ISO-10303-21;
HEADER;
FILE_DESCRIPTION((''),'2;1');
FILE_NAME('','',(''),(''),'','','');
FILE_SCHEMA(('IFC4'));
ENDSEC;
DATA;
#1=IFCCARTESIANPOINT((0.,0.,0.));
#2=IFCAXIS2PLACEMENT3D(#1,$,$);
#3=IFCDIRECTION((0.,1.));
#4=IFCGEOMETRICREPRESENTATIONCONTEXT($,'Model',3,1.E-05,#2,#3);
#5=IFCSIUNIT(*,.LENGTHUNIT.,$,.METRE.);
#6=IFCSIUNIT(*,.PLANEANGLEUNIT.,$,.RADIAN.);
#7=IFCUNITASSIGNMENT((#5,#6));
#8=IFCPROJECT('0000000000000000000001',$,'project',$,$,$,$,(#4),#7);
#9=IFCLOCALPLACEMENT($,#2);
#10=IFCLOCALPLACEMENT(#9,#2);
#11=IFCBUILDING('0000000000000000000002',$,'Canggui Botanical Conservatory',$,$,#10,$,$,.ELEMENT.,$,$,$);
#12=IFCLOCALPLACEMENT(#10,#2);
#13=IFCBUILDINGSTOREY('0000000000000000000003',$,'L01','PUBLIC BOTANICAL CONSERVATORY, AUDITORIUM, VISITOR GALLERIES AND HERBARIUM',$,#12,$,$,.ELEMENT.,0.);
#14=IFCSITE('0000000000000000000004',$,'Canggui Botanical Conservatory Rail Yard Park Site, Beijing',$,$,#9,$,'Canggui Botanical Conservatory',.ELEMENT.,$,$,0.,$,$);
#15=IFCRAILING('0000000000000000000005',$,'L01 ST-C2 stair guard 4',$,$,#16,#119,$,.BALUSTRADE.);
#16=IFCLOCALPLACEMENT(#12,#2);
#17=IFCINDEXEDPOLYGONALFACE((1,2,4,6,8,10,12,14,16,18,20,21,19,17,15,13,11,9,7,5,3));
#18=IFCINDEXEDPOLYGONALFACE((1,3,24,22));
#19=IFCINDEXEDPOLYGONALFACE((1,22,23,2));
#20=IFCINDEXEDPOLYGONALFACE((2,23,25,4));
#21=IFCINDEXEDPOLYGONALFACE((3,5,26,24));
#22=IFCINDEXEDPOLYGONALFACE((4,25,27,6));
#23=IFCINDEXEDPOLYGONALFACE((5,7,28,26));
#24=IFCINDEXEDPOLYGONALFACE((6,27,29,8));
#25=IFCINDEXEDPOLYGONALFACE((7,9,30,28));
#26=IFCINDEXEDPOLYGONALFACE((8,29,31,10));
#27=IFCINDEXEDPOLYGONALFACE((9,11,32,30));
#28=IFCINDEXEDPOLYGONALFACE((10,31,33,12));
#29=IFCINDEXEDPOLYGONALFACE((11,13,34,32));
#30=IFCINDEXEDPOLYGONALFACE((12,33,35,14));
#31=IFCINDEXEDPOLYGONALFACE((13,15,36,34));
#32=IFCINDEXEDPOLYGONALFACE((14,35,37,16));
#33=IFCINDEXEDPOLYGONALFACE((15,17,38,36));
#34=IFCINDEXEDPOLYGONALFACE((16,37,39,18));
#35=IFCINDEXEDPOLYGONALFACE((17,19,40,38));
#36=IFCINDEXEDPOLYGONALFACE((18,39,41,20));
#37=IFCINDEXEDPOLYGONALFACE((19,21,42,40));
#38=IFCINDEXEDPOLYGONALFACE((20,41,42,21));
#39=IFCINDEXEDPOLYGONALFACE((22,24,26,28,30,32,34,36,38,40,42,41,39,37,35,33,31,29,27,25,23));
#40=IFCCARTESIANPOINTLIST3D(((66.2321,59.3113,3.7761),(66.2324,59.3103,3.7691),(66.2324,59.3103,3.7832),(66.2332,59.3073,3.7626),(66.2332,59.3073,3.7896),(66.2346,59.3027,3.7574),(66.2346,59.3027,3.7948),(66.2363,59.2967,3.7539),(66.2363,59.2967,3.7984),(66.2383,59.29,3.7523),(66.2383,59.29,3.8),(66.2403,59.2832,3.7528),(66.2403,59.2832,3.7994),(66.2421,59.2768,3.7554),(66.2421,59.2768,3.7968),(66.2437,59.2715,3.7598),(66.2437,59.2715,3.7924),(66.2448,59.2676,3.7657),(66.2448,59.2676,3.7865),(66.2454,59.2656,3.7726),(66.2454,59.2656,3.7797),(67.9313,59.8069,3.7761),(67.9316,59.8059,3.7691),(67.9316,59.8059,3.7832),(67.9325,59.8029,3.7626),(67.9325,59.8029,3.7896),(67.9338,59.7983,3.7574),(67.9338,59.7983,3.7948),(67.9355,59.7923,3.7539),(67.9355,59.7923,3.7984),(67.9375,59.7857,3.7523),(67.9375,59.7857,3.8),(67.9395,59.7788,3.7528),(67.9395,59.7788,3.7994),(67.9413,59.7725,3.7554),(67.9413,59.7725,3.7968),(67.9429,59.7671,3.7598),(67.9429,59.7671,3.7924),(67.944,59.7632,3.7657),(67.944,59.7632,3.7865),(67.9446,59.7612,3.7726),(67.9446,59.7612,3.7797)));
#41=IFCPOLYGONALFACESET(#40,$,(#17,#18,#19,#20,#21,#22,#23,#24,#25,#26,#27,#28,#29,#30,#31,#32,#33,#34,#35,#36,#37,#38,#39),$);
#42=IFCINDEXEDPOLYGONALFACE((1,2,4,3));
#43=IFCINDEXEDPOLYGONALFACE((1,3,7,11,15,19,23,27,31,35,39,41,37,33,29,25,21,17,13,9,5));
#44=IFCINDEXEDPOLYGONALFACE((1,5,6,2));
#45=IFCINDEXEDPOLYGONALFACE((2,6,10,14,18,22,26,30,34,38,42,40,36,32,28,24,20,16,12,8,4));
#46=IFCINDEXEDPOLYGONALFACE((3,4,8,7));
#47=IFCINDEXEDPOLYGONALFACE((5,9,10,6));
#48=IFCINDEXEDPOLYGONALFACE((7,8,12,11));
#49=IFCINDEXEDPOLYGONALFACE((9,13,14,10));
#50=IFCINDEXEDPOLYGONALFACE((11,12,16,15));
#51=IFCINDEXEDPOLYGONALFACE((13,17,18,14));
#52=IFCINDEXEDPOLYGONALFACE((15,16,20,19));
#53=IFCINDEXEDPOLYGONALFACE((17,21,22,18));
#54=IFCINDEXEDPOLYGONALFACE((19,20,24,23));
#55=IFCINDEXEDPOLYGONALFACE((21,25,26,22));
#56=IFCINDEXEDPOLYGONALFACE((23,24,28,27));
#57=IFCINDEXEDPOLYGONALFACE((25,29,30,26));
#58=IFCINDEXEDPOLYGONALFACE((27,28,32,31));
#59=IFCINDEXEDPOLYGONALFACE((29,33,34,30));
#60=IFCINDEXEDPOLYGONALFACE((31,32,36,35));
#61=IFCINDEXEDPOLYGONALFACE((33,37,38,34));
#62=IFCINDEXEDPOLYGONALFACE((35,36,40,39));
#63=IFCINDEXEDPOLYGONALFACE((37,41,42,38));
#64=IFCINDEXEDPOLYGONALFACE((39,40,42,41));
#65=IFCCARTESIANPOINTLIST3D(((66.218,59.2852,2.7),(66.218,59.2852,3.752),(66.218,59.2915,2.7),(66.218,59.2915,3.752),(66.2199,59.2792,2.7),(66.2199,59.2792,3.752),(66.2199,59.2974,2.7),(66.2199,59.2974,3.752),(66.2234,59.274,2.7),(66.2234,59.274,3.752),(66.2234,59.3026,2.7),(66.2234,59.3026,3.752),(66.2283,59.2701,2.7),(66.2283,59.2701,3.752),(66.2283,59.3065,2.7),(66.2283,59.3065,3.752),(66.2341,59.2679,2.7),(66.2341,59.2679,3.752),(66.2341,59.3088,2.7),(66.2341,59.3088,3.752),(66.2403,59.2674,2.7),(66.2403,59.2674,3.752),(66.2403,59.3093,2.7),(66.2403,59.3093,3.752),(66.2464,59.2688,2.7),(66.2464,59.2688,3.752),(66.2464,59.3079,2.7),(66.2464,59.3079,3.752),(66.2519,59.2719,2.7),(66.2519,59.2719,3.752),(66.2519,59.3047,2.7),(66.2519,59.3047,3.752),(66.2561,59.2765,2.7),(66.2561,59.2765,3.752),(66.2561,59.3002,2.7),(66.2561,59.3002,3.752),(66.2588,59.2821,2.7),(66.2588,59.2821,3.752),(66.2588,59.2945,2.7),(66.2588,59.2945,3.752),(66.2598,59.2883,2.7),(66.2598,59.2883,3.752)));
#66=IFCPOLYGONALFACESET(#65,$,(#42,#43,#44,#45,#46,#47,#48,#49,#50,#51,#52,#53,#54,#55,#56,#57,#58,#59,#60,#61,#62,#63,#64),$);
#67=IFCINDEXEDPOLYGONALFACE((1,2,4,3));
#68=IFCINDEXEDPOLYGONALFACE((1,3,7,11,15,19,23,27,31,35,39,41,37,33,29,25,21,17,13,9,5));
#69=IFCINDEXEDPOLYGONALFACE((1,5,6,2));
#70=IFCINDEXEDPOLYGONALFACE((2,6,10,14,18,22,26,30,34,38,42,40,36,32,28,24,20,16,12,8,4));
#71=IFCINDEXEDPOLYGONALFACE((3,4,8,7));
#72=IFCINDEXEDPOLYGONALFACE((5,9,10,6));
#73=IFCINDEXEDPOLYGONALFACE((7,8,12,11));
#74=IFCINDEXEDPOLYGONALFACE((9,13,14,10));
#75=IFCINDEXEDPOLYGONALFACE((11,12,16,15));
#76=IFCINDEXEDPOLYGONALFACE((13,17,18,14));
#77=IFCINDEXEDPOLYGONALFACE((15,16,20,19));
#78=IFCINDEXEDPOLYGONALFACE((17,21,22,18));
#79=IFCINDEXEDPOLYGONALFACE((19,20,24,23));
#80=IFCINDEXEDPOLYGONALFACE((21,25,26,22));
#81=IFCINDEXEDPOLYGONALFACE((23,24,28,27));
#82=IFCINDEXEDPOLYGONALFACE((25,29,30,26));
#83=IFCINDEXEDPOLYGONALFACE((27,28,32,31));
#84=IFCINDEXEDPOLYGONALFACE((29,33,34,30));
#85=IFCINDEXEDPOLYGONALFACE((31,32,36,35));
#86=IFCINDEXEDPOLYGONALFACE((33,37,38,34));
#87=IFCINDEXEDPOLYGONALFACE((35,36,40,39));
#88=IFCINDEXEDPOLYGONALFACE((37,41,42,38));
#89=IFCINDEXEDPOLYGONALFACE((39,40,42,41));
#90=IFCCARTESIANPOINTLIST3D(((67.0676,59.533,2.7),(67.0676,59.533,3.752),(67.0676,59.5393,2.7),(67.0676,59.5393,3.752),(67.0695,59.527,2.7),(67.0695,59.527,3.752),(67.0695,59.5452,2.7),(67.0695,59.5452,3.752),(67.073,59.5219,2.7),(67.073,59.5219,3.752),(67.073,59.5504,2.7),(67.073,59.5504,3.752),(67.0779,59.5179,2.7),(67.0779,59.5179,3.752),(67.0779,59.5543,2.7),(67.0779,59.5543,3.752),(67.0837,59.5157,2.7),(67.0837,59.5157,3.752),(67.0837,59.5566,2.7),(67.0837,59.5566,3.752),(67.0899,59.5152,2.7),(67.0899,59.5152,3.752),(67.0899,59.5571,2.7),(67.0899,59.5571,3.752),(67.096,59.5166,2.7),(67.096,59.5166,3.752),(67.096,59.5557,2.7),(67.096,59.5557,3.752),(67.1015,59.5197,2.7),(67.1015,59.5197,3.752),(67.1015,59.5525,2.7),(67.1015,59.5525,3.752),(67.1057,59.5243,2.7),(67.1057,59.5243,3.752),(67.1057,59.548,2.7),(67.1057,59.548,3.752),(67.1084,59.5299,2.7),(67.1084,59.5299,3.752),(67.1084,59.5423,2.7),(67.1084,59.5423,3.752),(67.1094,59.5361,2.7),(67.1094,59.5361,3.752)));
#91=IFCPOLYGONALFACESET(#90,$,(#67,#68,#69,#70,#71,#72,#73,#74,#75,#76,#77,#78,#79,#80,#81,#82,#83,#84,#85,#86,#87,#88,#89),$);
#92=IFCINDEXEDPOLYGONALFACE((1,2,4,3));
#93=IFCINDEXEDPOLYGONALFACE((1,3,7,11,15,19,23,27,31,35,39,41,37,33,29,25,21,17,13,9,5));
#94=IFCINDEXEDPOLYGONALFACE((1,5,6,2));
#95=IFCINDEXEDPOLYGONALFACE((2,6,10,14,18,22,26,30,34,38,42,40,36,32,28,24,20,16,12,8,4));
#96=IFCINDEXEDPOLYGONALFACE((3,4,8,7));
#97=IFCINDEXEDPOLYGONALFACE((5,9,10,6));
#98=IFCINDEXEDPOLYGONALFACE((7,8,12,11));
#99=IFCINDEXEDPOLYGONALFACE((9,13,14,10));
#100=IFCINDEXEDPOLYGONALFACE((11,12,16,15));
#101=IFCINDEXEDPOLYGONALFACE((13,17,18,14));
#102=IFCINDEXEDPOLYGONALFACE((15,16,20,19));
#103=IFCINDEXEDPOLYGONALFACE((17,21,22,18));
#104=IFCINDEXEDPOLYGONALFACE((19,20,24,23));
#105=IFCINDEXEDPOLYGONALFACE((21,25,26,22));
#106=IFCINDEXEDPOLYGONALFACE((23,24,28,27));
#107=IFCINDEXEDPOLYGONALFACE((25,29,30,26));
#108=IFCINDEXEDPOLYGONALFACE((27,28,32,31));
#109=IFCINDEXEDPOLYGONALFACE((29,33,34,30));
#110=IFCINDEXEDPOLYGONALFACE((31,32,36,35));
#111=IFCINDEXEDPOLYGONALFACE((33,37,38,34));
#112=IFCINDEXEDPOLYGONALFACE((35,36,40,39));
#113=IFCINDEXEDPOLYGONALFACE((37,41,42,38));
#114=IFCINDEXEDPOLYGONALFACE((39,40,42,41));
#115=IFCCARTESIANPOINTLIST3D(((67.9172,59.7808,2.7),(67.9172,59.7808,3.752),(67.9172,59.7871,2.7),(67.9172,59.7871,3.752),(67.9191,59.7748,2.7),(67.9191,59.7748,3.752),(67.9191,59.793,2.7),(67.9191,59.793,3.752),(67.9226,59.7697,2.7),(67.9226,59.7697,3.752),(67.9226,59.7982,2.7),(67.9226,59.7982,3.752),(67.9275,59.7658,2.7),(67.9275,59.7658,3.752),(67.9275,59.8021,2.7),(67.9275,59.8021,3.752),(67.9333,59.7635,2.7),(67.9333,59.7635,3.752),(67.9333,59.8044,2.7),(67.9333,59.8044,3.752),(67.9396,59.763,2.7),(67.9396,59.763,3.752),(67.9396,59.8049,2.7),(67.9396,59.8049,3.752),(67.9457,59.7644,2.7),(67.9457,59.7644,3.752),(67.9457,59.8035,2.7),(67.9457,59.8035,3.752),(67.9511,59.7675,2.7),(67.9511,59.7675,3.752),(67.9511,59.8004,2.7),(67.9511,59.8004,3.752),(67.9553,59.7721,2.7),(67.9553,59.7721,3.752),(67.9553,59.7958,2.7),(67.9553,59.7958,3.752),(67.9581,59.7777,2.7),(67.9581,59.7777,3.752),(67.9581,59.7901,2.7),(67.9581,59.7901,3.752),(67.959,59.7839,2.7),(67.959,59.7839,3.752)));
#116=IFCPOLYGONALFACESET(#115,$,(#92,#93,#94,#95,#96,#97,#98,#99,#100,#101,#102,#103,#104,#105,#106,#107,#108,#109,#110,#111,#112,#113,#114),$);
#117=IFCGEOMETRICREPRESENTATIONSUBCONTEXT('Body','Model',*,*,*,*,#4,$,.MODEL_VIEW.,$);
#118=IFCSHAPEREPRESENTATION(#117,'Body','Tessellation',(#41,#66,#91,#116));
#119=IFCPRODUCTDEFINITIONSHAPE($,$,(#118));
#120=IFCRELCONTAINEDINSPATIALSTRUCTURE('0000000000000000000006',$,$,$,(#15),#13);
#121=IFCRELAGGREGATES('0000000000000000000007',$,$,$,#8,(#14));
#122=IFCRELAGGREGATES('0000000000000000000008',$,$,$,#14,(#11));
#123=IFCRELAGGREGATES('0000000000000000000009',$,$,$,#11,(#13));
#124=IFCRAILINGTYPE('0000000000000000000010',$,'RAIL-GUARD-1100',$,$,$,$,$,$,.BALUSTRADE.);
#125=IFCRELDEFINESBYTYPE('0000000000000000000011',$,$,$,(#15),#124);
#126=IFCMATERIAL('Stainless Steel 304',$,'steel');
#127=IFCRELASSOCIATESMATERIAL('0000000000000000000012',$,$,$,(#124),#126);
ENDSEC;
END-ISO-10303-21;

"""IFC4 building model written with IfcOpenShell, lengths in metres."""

from ifc_helpers import new_model, si_unit, direction, frame, origin, origin_2d, place, context, subcontext, project, spatial, circle, extrude, material, type_object, element, save


model = new_model("IFC4")

# Units and contexts
model_context = context("Model", 3, precision=1e-05, world=origin(), true_north=direction((0.0, 1.0)))
body_context = subcontext(model_context, "Body", "Model", "MODEL_VIEW")
ifc_project = project(units=[si_unit("LENGTHUNIT", "METRE"), si_unit("PLANEANGLEUNIT", "RADIAN")], contexts=[model_context])

# Site, building, storey
site_placement = place(None, origin())
site = spatial("IfcSite", under=ifc_project, at=site_placement, Name="Canggui Botanical Conservatory Rail Yard Park Site, Beijing", LongName="Canggui Botanical Conservatory", CompositionType="ELEMENT", RefElevation=0.0)
building_placement = place(site_placement, origin())
building = spatial("IfcBuilding", under=site, at=building_placement, Name="Canggui Botanical Conservatory", CompositionType="ELEMENT")
storey_placement = place(building_placement, origin())
storey = spatial("IfcBuildingStorey", under=building, at=storey_placement, Name="L01", Description="PUBLIC BOTANICAL CONSERVATORY, AUDITORIUM, VISITOR GALLERIES AND HERBARIUM", CompositionType="ELEMENT", Elevation=0.0)

# Railing
ifc_material_1 = material(Name="Stainless Steel 304", Category="steel")
railing_type_1 = type_object("IfcRailingType", Name="RAIL-GUARD-1100", PredefinedType="BALUSTRADE", material=ifc_material_1)
for number, where, name in (
    (1, (66.2388, 59.2883, 2.7), "L01 ST-C2 stair guard 4"),
):
    element("IfcRailing", number, at=place(storey_placement, frame(where)), inside=storey, type_object=railing_type_1, Name=name, PredefinedType="BALUSTRADE", context=body_context, shape_type="SweptSolid", body=[
        extrude(circle(Radius=0.0239, at=origin_2d()), frame((0.0, 0.0, 1.0762), z_axis=(0.96, 0.28, 0.0), x_axis=(-0.28, 0.96, 0.0)), (0.0, 0.0, 1.0), 1.77),
        extrude(circle(Radius=0.021, at=origin_2d()), origin(), (0.0, 0.0, 1.0), 1.052),
        extrude(circle(Radius=0.021, at=origin_2d()), frame((0.8496, 0.2478, 0.0)), (0.0, 0.0, 1.0), 1.052),
        extrude(circle(Radius=0.021, at=origin_2d()), frame((1.6992, 0.4956, 0.0)), (0.0, 0.0, 1.0), 1.052),
    ])

save(model, "model.ifc")
